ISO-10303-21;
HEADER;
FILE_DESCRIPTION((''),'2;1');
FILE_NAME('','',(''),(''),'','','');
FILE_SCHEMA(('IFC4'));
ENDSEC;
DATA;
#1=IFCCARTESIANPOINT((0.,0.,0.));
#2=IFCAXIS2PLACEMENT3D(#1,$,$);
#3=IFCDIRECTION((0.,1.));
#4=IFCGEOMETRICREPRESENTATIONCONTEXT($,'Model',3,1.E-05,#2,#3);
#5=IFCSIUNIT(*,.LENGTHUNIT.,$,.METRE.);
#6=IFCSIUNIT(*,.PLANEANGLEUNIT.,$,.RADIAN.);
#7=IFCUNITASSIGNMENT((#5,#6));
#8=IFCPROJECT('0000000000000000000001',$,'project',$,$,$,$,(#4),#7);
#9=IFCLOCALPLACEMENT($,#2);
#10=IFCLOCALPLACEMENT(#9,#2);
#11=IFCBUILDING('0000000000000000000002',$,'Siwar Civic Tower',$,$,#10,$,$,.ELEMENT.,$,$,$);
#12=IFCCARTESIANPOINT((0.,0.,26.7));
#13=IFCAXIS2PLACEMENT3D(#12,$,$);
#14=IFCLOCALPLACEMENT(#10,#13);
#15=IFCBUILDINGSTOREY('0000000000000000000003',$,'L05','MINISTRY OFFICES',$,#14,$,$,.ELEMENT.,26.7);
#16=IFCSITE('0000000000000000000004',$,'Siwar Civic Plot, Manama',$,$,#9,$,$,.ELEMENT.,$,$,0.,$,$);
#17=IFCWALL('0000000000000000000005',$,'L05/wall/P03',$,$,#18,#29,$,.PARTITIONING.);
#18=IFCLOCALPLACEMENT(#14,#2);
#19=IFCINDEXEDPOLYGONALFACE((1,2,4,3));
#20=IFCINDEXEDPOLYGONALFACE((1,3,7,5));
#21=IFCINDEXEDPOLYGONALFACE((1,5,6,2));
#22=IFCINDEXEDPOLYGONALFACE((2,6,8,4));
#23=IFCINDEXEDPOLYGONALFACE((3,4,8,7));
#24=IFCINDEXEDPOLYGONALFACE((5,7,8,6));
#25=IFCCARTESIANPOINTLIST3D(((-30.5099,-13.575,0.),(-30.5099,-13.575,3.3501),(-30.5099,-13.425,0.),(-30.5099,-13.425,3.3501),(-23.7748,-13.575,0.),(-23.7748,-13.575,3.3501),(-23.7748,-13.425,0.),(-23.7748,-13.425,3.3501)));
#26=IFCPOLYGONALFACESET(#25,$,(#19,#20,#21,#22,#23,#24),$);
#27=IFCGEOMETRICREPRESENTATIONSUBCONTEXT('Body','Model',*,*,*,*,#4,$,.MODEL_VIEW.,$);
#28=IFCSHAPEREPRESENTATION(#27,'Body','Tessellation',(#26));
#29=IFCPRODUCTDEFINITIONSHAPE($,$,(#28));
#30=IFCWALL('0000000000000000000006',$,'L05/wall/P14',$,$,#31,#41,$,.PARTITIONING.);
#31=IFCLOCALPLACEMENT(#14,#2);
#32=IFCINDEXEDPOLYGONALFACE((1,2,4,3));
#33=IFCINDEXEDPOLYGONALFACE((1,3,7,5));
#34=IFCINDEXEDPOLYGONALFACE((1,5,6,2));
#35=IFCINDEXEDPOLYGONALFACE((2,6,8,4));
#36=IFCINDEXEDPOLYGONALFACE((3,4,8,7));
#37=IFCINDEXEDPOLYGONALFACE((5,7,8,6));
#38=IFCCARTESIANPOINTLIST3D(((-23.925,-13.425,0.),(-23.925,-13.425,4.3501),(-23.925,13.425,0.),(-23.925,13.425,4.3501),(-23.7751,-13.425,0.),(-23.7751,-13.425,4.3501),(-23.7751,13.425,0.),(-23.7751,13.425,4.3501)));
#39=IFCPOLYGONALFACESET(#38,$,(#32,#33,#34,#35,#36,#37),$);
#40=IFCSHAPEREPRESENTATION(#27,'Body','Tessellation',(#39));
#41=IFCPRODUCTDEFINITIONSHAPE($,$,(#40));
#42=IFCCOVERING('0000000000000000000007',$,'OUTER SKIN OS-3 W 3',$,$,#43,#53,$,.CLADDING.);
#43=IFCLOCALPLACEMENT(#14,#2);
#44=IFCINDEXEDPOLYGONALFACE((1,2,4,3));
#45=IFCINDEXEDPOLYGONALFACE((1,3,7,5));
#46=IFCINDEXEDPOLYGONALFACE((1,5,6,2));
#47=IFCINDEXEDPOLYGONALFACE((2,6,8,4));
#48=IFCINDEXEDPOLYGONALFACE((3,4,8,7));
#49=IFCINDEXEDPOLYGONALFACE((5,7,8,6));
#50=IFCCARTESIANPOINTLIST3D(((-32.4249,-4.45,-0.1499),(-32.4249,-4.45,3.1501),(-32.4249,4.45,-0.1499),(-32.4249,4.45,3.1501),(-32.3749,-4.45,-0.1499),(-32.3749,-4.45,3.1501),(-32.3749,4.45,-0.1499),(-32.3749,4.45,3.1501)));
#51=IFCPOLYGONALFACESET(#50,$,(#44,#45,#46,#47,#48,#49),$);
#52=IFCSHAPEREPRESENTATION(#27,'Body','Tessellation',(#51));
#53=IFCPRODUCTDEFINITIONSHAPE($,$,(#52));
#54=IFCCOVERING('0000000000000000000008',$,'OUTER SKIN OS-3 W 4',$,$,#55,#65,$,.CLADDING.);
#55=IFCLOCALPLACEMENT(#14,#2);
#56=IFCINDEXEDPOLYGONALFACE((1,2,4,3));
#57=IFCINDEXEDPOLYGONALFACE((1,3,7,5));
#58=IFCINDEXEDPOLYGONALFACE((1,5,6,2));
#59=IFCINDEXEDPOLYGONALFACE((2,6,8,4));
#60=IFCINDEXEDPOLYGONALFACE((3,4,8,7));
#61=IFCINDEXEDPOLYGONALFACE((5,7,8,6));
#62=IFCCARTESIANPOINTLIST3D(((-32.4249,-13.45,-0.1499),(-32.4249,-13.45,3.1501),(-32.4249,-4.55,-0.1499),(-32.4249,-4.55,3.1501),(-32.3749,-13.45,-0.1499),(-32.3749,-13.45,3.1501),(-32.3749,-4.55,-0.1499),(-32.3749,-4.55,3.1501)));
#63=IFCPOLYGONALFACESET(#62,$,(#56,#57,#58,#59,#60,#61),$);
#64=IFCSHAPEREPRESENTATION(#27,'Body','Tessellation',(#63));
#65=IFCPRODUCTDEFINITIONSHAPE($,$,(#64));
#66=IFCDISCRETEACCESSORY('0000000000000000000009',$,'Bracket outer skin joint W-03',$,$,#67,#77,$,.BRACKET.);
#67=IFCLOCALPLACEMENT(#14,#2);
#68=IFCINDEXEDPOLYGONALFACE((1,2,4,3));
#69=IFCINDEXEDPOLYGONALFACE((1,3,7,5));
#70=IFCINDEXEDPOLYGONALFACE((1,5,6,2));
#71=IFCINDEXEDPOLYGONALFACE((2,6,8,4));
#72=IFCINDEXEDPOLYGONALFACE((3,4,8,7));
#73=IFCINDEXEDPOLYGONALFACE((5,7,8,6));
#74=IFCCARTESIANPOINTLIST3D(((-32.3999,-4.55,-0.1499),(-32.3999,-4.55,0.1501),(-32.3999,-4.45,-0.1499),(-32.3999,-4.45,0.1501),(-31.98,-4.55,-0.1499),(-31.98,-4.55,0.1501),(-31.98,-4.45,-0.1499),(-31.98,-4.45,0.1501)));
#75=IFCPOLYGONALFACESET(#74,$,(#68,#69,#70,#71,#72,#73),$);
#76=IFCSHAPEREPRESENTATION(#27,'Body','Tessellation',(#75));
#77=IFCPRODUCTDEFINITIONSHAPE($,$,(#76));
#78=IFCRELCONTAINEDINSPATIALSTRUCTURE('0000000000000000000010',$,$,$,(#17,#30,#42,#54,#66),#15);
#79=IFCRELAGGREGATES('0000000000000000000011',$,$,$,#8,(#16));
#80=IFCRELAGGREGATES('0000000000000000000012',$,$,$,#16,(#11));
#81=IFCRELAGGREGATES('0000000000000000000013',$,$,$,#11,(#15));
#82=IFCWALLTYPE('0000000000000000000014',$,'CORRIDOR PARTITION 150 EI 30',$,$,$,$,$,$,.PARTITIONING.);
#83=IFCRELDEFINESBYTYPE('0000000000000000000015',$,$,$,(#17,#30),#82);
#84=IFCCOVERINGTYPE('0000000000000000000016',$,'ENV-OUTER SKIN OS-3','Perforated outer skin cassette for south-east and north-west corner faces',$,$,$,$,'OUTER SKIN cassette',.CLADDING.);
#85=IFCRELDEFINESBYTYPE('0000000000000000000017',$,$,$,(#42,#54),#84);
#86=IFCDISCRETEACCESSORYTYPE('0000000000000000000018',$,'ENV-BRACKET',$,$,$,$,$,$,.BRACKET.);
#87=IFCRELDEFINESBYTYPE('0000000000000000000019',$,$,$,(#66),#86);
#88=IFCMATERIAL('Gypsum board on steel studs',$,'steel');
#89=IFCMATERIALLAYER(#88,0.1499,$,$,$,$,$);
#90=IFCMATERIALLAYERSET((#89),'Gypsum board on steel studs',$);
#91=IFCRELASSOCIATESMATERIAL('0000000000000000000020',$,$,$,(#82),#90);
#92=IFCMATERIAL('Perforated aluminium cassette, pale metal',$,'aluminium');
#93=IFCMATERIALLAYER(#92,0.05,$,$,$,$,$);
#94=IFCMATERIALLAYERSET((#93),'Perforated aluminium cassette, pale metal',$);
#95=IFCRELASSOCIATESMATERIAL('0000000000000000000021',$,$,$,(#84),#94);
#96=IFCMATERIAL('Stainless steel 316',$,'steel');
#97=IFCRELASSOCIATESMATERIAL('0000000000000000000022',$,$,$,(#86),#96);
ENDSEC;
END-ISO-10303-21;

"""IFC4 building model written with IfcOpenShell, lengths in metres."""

from ifc_helpers import new_model, si_unit, direction, frame, frame_2d, origin, origin_2d, place, context, subcontext, project, spatial, rectangle, extrude, material, layer, layer_set, type_object, element, save


model = new_model("IFC4")

# Units and contexts
model_context = context("Model", 3, precision=1e-05, world=origin(), true_north=direction((0.0, 1.0)))
body_context = subcontext(model_context, "Body", "Model", "MODEL_VIEW")
ifc_project = project(units=[si_unit("LENGTHUNIT", "METRE"), si_unit("PLANEANGLEUNIT", "RADIAN")], contexts=[model_context])

# Site, building, storey
site_placement = place(None, origin())
site = spatial("IfcSite", under=ifc_project, at=site_placement, Name="Siwar Civic Plot, Manama", CompositionType="ELEMENT", RefElevation=0.0)
building_placement = place(site_placement, origin())
building = spatial("IfcBuilding", under=site, at=building_placement, Name="Siwar Civic Tower", CompositionType="ELEMENT")
storey_placement = place(building_placement, frame((0.0, 0.0, 26.7)))
storey = spatial("IfcBuildingStorey", under=building, at=storey_placement, Name="L05", Description="MINISTRY OFFICES", CompositionType="ELEMENT", Elevation=26.7)

# Walls
ifc_material_1 = material(Name="Gypsum board on steel studs", Category="steel")
ifc_layer_1 = layer(ifc_material_1, 0.1499)
ifc_layer_set_1 = layer_set([ifc_layer_1], Name="Gypsum board on steel studs")
wall_type_1 = type_object("IfcWallType", Name="CORRIDOR PARTITION 150 EI 30", PredefinedType="PARTITIONING", material=ifc_layer_set_1)
wall_1_placement = place(storey_placement, frame((-30.51, -13.5, 0.0), z_axis=(0.0, 0.0, 1.0), x_axis=(1.0, 0.0, 0.0)))
element("IfcWall", 1, at=wall_1_placement, inside=storey, type_object=wall_type_1, Name="L05/wall/P03", PredefinedType="PARTITIONING", context=body_context, shape_type="SweptSolid", body=[
    extrude(rectangle(XDim=6.7351, YDim=0.1499, at=frame_2d((3.3677, 0.0))), origin(), (0.0, 0.0, 1.0), 3.3501),
])
wall_2_placement = place(storey_placement, frame((-23.8501, -13.425, 0.0), z_axis=(0.0, 0.0, 1.0), x_axis=(0.0, 1.0, 0.0)))
element("IfcWall", 2, at=wall_2_placement, inside=storey, type_object=wall_type_1, Name="L05/wall/P14", PredefinedType="PARTITIONING", context=body_context, shape_type="SweptSolid", body=[
    extrude(rectangle(XDim=26.8501, YDim=0.1499, at=frame_2d((13.425, 0.0))), origin(), (0.0, 0.0, 1.0), 4.3501),
])

# Coverings
ifc_material_2 = material(Name="Perforated aluminium cassette, pale metal", Category="aluminium")
ifc_layer_2 = layer(ifc_material_2, 0.05)
ifc_layer_set_2 = layer_set([ifc_layer_2], Name="Perforated aluminium cassette, pale metal")
covering_type = type_object("IfcCoveringType", Name="ENV-OUTER SKIN OS-3", Description="Perforated outer skin cassette for south-east and north-west corner faces", ElementType="OUTER SKIN cassette", PredefinedType="CLADDING", material=ifc_layer_set_2)
for number, where, z_axis, x_axis, name in (
    (3, (-32.3999, 0.0, -0.1499), (0.0, 0.0, 1.0), (0.0, -1.0, 0.0), "OUTER SKIN OS-3 W 3"),
    (4, (-32.3999, -9.0, -0.1499), (0.0, 0.0, 1.0), (0.0, -1.0, 0.0), "OUTER SKIN OS-3 W 4"),
):
    element("IfcCovering", number, at=place(storey_placement, frame(where, z_axis=z_axis, x_axis=x_axis)), inside=storey, type_object=covering_type, Name=name, PredefinedType="CLADDING", context=body_context, shape_type="SweptSolid", body=[
        extrude(rectangle(XDim=8.8999, YDim=0.05, at=origin_2d()), origin(), (0.0, 0.0, 1.0), 3.3),
    ])

# Discrete accessory
ifc_material_3 = material(Name="Stainless steel 316", Category="steel")
discrete_accessory_type = type_object("IfcDiscreteAccessoryType", Name="ENV-BRACKET", PredefinedType="BRACKET", material=ifc_material_3)
discrete_accessory_placement = place(storey_placement, frame((-32.1899, -4.5, -0.1499), z_axis=(0.0, 0.0, 1.0), x_axis=(-1.0, 0.0, 0.0)))
element("IfcDiscreteAccessory", 5, at=discrete_accessory_placement, inside=storey, type_object=discrete_accessory_type, Name="Bracket outer skin joint W-03", PredefinedType="BRACKET", context=body_context, shape_type="SweptSolid", body=[
    extrude(rectangle(XDim=0.4199, YDim=0.1001, at=origin_2d()), origin(), (0.0, 0.0, 1.0), 0.3),
])

save(model, "model.ifc")
